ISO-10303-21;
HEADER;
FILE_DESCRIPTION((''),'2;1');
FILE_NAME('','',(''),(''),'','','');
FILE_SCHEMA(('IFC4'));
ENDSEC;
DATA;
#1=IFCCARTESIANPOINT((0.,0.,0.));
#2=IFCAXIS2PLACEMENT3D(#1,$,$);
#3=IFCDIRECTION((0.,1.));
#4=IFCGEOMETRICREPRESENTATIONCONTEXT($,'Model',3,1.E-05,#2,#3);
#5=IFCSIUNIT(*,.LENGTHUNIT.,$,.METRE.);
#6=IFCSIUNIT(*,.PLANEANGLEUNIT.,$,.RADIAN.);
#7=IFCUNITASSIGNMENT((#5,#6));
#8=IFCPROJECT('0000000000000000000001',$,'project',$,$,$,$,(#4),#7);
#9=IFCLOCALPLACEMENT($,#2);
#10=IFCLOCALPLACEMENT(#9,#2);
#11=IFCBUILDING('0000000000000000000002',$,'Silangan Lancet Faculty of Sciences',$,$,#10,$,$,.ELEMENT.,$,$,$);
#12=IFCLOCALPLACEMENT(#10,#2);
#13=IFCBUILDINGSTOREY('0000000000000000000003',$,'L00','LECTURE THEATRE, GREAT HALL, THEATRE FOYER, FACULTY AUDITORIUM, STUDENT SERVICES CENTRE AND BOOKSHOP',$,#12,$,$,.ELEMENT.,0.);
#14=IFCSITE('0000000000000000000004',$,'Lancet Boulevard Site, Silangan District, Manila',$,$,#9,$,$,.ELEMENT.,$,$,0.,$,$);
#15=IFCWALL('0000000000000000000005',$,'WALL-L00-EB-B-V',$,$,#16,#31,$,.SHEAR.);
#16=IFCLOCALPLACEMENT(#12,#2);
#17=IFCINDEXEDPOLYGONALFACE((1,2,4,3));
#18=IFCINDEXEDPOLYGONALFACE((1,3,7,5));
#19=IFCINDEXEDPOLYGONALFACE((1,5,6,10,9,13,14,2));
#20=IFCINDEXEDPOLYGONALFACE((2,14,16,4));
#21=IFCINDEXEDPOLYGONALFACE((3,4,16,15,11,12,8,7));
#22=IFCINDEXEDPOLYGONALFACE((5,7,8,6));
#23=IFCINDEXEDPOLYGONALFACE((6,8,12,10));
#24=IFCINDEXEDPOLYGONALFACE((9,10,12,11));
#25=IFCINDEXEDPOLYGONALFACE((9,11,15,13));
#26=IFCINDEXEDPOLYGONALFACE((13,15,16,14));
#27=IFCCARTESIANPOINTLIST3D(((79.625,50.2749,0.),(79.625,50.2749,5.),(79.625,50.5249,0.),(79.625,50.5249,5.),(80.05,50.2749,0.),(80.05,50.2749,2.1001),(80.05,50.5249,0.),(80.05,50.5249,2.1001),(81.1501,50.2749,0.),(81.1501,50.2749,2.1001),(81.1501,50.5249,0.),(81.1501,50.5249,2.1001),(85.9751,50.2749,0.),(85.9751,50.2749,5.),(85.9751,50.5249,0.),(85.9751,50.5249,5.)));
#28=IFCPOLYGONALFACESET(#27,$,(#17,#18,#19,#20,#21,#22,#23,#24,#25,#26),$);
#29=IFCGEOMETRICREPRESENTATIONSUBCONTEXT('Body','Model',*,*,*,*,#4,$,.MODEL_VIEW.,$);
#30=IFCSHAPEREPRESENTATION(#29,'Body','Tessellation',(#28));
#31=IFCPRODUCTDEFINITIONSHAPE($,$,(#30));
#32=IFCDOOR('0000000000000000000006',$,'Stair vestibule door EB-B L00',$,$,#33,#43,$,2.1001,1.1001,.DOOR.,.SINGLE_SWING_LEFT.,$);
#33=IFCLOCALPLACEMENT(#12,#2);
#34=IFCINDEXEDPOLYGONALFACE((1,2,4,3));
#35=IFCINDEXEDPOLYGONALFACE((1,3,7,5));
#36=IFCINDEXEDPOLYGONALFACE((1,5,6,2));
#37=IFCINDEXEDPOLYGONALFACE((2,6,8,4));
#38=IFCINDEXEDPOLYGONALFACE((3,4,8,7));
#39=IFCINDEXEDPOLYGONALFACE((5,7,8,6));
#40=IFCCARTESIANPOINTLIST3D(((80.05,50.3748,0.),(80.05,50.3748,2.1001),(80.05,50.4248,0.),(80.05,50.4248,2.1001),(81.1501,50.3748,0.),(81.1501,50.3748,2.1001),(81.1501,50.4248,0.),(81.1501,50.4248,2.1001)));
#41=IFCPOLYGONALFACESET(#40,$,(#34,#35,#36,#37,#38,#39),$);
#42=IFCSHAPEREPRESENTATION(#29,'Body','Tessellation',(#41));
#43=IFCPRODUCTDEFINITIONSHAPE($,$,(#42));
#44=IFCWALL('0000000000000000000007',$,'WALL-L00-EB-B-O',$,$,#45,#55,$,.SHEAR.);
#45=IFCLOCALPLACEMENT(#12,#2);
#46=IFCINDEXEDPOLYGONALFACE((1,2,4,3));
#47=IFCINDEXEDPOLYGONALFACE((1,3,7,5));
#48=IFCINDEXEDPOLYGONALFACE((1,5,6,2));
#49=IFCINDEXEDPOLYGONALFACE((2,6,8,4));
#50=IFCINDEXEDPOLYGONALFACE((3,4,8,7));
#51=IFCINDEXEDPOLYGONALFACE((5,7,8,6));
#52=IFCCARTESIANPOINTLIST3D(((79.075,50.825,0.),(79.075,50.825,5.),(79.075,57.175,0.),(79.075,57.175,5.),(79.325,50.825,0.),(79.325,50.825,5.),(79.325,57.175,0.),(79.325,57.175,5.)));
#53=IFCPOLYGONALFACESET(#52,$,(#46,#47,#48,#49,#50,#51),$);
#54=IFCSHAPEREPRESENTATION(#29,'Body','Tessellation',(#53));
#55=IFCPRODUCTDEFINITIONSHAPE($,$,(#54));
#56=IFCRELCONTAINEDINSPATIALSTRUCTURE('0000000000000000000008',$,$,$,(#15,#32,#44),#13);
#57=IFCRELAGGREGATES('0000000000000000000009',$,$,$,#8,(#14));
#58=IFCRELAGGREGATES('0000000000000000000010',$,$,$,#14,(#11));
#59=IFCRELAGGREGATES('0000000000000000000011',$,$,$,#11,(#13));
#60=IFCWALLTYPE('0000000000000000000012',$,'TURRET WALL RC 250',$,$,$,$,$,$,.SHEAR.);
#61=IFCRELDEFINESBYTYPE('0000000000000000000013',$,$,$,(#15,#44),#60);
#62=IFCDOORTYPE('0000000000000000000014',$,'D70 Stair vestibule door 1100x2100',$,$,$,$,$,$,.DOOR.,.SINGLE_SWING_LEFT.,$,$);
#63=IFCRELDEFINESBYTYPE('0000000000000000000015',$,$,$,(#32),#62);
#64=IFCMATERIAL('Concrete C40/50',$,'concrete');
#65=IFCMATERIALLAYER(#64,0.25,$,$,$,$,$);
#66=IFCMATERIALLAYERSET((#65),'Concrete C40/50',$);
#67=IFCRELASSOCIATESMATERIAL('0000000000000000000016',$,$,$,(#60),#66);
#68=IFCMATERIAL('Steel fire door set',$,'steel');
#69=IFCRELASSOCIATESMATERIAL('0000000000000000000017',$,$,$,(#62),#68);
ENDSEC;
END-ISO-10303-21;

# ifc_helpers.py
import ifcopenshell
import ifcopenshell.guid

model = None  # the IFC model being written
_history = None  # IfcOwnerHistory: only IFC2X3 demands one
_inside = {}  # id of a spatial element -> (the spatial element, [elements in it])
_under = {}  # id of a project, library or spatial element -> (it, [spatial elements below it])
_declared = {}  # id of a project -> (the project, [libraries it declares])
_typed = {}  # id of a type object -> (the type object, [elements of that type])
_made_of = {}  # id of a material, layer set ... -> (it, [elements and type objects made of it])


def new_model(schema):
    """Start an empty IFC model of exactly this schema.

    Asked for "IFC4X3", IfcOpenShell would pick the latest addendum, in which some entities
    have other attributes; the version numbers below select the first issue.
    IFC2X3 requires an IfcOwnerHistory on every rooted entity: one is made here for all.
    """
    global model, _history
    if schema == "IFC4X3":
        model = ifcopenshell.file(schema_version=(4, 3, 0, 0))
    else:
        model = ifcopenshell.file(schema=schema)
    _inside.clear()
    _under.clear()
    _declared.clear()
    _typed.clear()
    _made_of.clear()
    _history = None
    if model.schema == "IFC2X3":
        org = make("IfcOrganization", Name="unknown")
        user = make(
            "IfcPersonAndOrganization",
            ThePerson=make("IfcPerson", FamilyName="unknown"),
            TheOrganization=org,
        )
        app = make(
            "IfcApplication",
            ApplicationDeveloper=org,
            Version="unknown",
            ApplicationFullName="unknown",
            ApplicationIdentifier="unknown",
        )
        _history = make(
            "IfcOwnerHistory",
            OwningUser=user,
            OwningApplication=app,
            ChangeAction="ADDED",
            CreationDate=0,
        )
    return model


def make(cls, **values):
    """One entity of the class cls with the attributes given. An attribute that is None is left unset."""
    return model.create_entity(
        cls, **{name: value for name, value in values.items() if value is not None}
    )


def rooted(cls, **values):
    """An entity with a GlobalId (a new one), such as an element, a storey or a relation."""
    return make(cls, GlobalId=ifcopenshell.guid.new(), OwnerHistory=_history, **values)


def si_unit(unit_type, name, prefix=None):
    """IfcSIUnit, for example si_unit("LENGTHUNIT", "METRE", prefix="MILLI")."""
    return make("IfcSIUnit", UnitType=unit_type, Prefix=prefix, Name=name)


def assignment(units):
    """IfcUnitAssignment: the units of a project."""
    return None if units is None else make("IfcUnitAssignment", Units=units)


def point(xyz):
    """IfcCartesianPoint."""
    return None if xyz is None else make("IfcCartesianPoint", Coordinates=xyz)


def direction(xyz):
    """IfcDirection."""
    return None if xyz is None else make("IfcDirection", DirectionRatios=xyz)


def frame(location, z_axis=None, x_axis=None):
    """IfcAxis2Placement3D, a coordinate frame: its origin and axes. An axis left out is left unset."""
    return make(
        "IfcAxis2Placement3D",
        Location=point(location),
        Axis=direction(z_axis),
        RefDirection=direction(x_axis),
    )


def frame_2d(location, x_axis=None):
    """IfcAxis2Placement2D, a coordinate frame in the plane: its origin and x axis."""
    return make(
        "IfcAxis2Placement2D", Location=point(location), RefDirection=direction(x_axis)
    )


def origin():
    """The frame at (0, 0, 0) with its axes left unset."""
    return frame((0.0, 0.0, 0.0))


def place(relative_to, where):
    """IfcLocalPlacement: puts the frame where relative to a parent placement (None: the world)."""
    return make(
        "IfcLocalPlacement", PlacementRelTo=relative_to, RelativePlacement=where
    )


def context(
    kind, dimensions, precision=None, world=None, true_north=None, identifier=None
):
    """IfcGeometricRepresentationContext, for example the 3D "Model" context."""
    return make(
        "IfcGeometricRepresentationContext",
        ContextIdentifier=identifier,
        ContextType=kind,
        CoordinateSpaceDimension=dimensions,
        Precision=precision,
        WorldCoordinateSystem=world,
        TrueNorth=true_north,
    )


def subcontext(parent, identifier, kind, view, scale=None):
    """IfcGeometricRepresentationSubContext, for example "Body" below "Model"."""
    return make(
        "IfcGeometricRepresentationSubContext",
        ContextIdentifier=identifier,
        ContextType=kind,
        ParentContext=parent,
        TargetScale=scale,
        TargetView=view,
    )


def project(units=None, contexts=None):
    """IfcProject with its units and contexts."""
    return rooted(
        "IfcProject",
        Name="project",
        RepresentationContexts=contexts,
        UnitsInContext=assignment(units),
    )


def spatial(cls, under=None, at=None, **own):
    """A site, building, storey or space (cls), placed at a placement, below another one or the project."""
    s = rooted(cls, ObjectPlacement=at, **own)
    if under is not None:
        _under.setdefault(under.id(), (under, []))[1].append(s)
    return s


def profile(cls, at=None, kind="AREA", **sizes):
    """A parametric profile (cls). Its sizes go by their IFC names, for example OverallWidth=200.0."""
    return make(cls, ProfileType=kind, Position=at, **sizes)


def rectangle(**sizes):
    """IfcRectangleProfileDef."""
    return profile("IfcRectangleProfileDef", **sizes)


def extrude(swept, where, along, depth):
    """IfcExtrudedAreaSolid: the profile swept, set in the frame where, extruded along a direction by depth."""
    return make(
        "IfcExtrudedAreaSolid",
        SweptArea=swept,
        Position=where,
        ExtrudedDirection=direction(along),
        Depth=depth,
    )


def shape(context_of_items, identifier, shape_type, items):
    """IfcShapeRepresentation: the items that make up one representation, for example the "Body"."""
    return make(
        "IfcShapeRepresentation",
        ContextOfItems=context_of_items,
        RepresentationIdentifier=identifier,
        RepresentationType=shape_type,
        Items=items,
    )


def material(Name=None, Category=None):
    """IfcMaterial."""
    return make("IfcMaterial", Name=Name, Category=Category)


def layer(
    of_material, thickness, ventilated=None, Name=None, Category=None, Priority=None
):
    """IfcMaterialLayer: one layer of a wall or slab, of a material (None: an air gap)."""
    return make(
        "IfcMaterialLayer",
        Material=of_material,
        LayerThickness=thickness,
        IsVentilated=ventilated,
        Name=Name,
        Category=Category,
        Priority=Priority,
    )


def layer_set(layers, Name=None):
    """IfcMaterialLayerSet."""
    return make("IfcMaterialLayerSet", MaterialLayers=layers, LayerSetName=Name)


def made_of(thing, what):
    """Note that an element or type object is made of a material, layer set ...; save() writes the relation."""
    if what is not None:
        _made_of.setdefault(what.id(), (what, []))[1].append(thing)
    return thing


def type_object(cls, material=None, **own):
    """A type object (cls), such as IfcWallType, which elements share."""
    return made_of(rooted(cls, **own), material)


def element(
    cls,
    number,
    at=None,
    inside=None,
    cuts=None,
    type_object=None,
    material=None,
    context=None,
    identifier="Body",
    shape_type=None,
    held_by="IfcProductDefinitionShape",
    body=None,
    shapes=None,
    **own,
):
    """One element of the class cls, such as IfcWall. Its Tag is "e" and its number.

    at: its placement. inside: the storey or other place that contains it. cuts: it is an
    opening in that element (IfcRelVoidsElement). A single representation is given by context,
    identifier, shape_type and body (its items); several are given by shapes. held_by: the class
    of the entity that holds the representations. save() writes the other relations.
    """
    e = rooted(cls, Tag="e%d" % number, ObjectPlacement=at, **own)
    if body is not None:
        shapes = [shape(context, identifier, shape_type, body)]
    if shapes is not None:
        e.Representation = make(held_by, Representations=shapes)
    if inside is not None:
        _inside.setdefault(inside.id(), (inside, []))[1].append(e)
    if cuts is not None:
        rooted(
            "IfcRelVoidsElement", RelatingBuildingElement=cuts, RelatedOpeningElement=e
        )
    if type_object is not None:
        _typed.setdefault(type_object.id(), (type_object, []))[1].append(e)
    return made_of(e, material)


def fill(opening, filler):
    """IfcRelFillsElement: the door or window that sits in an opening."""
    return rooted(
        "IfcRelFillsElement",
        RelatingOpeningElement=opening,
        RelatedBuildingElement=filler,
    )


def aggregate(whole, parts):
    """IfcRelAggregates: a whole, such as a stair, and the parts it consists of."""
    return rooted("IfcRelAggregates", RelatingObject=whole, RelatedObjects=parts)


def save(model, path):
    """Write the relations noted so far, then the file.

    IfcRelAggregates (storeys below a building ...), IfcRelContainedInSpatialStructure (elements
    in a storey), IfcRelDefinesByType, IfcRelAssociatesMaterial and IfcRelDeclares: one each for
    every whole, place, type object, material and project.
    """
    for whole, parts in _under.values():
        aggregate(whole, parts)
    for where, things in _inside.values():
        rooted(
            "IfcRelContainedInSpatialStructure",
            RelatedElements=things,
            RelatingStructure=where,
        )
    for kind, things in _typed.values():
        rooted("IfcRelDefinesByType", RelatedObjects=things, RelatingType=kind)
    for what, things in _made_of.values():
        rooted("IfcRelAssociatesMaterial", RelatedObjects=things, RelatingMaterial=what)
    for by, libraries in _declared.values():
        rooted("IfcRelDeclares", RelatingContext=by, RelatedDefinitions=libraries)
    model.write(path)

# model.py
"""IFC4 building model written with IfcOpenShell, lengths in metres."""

from ifc_helpers import new_model, si_unit, direction, frame, frame_2d, origin, place, context, subcontext, project, spatial, rectangle, extrude, material, layer, layer_set, type_object, element, fill, save


model = new_model("IFC4")

# Units and contexts
model_context = context("Model", 3, precision=1e-05, world=origin(), true_north=direction((0.0, 1.0)))
body_context = subcontext(model_context, "Body", "Model", "MODEL_VIEW")
ifc_project = project(units=[si_unit("LENGTHUNIT", "METRE"), si_unit("PLANEANGLEUNIT", "RADIAN")], contexts=[model_context])

# Site, building, storey
site_placement = place(None, origin())
site = spatial("IfcSite", under=ifc_project, at=site_placement, Name="Lancet Boulevard Site, Silangan District, Manila", CompositionType="ELEMENT", RefElevation=0.0)
building_placement = place(site_placement, origin())
building = spatial("IfcBuilding", under=site, at=building_placement, Name="Silangan Lancet Faculty of Sciences", CompositionType="ELEMENT")
storey_placement = place(building_placement, origin())
storey = spatial("IfcBuildingStorey", under=building, at=storey_placement, Name="L00", Description="LECTURE THEATRE, GREAT HALL, THEATRE FOYER, FACULTY AUDITORIUM, STUDENT SERVICES CENTRE AND BOOKSHOP", CompositionType="ELEMENT", Elevation=0.0)

# Wall, opening, door
ifc_material_1 = material(Name="Concrete C40/50", Category="concrete")
ifc_layer_1 = layer(ifc_material_1, 0.25)
ifc_layer_set_1 = layer_set([ifc_layer_1], Name="Concrete C40/50")
wall_type_1 = type_object("IfcWallType", Name="TURRET WALL RC 250", PredefinedType="SHEAR", material=ifc_layer_set_1)
wall_1_placement = place(storey_placement, frame((79.625, 50.3999, 0.0), z_axis=(0.0, 0.0, 1.0), x_axis=(1.0, 0.0, 0.0)))
wall_1 = element("IfcWall", 1, at=wall_1_placement, inside=storey, type_object=wall_type_1, Name="WALL-L00-EB-B-V", PredefinedType="SHEAR", context=body_context, shape_type="SweptSolid", body=[
    extrude(rectangle(XDim=6.3501, YDim=0.25, at=frame_2d((3.175, 0.0))), origin(), (0.0, 0.0, 1.0), 5.0),
])
opening_1_placement = place(wall_1_placement, frame((0.425, 0.0, 0.0)))
opening_1 = element("IfcOpeningElement", 2, at=opening_1_placement, cuts=wall_1, PredefinedType="OPENING", context=body_context, shape_type="SweptSolid", body=[
    extrude(rectangle(XDim=1.1001, YDim=2.1001, at=frame_2d((0.55, 1.05))), frame((0.0, 0.135, 0.0), z_axis=(0.0, -1.0, 0.0), x_axis=(1.0, 0.0, 0.0)), (0.0, 0.0, 1.0), 0.27),
])
ifc_material_2 = material(Name="Steel fire door set", Category="steel")
door_type_1 = type_object("IfcDoorType", Name="D70 Stair vestibule door 1100x2100", OperationType="SINGLE_SWING_LEFT", PredefinedType="DOOR", material=ifc_material_2)
door_1_placement = place(opening_1_placement, origin())
door_1 = element("IfcDoor", 3, at=door_1_placement, inside=storey, type_object=door_type_1, Name="Stair vestibule door EB-B L00", OperationType="SINGLE_SWING_LEFT", OverallHeight=2.1001, OverallWidth=1.1001, PredefinedType="DOOR", context=body_context, shape_type="SweptSolid", body=[
    extrude(rectangle(XDim=1.1001, YDim=2.1001, at=frame_2d((0.55, 1.05))), frame((0.0, 0.0249, 0.0), z_axis=(0.0, -1.0, 0.0), x_axis=(1.0, 0.0, 0.0)), (0.0, 0.0, 1.0), 0.05),
])
fill(opening_1, door_1)

# Wall
wall_2_placement = place(storey_placement, frame((79.2, 50.825, 0.0), z_axis=(0.0, 0.0, 1.0), x_axis=(0.0, 1.0, 0.0)))
element("IfcWall", 4, at=wall_2_placement, inside=storey, type_object=wall_type_1, Name="WALL-L00-EB-B-O", PredefinedType="SHEAR", context=body_context, shape_type="SweptSolid", body=[
    extrude(rectangle(XDim=6.3501, YDim=0.25, at=frame_2d((3.175, 0.0))), origin(), (0.0, 0.0, 1.0), 5.0),
])

save(model, "model.ifc")
